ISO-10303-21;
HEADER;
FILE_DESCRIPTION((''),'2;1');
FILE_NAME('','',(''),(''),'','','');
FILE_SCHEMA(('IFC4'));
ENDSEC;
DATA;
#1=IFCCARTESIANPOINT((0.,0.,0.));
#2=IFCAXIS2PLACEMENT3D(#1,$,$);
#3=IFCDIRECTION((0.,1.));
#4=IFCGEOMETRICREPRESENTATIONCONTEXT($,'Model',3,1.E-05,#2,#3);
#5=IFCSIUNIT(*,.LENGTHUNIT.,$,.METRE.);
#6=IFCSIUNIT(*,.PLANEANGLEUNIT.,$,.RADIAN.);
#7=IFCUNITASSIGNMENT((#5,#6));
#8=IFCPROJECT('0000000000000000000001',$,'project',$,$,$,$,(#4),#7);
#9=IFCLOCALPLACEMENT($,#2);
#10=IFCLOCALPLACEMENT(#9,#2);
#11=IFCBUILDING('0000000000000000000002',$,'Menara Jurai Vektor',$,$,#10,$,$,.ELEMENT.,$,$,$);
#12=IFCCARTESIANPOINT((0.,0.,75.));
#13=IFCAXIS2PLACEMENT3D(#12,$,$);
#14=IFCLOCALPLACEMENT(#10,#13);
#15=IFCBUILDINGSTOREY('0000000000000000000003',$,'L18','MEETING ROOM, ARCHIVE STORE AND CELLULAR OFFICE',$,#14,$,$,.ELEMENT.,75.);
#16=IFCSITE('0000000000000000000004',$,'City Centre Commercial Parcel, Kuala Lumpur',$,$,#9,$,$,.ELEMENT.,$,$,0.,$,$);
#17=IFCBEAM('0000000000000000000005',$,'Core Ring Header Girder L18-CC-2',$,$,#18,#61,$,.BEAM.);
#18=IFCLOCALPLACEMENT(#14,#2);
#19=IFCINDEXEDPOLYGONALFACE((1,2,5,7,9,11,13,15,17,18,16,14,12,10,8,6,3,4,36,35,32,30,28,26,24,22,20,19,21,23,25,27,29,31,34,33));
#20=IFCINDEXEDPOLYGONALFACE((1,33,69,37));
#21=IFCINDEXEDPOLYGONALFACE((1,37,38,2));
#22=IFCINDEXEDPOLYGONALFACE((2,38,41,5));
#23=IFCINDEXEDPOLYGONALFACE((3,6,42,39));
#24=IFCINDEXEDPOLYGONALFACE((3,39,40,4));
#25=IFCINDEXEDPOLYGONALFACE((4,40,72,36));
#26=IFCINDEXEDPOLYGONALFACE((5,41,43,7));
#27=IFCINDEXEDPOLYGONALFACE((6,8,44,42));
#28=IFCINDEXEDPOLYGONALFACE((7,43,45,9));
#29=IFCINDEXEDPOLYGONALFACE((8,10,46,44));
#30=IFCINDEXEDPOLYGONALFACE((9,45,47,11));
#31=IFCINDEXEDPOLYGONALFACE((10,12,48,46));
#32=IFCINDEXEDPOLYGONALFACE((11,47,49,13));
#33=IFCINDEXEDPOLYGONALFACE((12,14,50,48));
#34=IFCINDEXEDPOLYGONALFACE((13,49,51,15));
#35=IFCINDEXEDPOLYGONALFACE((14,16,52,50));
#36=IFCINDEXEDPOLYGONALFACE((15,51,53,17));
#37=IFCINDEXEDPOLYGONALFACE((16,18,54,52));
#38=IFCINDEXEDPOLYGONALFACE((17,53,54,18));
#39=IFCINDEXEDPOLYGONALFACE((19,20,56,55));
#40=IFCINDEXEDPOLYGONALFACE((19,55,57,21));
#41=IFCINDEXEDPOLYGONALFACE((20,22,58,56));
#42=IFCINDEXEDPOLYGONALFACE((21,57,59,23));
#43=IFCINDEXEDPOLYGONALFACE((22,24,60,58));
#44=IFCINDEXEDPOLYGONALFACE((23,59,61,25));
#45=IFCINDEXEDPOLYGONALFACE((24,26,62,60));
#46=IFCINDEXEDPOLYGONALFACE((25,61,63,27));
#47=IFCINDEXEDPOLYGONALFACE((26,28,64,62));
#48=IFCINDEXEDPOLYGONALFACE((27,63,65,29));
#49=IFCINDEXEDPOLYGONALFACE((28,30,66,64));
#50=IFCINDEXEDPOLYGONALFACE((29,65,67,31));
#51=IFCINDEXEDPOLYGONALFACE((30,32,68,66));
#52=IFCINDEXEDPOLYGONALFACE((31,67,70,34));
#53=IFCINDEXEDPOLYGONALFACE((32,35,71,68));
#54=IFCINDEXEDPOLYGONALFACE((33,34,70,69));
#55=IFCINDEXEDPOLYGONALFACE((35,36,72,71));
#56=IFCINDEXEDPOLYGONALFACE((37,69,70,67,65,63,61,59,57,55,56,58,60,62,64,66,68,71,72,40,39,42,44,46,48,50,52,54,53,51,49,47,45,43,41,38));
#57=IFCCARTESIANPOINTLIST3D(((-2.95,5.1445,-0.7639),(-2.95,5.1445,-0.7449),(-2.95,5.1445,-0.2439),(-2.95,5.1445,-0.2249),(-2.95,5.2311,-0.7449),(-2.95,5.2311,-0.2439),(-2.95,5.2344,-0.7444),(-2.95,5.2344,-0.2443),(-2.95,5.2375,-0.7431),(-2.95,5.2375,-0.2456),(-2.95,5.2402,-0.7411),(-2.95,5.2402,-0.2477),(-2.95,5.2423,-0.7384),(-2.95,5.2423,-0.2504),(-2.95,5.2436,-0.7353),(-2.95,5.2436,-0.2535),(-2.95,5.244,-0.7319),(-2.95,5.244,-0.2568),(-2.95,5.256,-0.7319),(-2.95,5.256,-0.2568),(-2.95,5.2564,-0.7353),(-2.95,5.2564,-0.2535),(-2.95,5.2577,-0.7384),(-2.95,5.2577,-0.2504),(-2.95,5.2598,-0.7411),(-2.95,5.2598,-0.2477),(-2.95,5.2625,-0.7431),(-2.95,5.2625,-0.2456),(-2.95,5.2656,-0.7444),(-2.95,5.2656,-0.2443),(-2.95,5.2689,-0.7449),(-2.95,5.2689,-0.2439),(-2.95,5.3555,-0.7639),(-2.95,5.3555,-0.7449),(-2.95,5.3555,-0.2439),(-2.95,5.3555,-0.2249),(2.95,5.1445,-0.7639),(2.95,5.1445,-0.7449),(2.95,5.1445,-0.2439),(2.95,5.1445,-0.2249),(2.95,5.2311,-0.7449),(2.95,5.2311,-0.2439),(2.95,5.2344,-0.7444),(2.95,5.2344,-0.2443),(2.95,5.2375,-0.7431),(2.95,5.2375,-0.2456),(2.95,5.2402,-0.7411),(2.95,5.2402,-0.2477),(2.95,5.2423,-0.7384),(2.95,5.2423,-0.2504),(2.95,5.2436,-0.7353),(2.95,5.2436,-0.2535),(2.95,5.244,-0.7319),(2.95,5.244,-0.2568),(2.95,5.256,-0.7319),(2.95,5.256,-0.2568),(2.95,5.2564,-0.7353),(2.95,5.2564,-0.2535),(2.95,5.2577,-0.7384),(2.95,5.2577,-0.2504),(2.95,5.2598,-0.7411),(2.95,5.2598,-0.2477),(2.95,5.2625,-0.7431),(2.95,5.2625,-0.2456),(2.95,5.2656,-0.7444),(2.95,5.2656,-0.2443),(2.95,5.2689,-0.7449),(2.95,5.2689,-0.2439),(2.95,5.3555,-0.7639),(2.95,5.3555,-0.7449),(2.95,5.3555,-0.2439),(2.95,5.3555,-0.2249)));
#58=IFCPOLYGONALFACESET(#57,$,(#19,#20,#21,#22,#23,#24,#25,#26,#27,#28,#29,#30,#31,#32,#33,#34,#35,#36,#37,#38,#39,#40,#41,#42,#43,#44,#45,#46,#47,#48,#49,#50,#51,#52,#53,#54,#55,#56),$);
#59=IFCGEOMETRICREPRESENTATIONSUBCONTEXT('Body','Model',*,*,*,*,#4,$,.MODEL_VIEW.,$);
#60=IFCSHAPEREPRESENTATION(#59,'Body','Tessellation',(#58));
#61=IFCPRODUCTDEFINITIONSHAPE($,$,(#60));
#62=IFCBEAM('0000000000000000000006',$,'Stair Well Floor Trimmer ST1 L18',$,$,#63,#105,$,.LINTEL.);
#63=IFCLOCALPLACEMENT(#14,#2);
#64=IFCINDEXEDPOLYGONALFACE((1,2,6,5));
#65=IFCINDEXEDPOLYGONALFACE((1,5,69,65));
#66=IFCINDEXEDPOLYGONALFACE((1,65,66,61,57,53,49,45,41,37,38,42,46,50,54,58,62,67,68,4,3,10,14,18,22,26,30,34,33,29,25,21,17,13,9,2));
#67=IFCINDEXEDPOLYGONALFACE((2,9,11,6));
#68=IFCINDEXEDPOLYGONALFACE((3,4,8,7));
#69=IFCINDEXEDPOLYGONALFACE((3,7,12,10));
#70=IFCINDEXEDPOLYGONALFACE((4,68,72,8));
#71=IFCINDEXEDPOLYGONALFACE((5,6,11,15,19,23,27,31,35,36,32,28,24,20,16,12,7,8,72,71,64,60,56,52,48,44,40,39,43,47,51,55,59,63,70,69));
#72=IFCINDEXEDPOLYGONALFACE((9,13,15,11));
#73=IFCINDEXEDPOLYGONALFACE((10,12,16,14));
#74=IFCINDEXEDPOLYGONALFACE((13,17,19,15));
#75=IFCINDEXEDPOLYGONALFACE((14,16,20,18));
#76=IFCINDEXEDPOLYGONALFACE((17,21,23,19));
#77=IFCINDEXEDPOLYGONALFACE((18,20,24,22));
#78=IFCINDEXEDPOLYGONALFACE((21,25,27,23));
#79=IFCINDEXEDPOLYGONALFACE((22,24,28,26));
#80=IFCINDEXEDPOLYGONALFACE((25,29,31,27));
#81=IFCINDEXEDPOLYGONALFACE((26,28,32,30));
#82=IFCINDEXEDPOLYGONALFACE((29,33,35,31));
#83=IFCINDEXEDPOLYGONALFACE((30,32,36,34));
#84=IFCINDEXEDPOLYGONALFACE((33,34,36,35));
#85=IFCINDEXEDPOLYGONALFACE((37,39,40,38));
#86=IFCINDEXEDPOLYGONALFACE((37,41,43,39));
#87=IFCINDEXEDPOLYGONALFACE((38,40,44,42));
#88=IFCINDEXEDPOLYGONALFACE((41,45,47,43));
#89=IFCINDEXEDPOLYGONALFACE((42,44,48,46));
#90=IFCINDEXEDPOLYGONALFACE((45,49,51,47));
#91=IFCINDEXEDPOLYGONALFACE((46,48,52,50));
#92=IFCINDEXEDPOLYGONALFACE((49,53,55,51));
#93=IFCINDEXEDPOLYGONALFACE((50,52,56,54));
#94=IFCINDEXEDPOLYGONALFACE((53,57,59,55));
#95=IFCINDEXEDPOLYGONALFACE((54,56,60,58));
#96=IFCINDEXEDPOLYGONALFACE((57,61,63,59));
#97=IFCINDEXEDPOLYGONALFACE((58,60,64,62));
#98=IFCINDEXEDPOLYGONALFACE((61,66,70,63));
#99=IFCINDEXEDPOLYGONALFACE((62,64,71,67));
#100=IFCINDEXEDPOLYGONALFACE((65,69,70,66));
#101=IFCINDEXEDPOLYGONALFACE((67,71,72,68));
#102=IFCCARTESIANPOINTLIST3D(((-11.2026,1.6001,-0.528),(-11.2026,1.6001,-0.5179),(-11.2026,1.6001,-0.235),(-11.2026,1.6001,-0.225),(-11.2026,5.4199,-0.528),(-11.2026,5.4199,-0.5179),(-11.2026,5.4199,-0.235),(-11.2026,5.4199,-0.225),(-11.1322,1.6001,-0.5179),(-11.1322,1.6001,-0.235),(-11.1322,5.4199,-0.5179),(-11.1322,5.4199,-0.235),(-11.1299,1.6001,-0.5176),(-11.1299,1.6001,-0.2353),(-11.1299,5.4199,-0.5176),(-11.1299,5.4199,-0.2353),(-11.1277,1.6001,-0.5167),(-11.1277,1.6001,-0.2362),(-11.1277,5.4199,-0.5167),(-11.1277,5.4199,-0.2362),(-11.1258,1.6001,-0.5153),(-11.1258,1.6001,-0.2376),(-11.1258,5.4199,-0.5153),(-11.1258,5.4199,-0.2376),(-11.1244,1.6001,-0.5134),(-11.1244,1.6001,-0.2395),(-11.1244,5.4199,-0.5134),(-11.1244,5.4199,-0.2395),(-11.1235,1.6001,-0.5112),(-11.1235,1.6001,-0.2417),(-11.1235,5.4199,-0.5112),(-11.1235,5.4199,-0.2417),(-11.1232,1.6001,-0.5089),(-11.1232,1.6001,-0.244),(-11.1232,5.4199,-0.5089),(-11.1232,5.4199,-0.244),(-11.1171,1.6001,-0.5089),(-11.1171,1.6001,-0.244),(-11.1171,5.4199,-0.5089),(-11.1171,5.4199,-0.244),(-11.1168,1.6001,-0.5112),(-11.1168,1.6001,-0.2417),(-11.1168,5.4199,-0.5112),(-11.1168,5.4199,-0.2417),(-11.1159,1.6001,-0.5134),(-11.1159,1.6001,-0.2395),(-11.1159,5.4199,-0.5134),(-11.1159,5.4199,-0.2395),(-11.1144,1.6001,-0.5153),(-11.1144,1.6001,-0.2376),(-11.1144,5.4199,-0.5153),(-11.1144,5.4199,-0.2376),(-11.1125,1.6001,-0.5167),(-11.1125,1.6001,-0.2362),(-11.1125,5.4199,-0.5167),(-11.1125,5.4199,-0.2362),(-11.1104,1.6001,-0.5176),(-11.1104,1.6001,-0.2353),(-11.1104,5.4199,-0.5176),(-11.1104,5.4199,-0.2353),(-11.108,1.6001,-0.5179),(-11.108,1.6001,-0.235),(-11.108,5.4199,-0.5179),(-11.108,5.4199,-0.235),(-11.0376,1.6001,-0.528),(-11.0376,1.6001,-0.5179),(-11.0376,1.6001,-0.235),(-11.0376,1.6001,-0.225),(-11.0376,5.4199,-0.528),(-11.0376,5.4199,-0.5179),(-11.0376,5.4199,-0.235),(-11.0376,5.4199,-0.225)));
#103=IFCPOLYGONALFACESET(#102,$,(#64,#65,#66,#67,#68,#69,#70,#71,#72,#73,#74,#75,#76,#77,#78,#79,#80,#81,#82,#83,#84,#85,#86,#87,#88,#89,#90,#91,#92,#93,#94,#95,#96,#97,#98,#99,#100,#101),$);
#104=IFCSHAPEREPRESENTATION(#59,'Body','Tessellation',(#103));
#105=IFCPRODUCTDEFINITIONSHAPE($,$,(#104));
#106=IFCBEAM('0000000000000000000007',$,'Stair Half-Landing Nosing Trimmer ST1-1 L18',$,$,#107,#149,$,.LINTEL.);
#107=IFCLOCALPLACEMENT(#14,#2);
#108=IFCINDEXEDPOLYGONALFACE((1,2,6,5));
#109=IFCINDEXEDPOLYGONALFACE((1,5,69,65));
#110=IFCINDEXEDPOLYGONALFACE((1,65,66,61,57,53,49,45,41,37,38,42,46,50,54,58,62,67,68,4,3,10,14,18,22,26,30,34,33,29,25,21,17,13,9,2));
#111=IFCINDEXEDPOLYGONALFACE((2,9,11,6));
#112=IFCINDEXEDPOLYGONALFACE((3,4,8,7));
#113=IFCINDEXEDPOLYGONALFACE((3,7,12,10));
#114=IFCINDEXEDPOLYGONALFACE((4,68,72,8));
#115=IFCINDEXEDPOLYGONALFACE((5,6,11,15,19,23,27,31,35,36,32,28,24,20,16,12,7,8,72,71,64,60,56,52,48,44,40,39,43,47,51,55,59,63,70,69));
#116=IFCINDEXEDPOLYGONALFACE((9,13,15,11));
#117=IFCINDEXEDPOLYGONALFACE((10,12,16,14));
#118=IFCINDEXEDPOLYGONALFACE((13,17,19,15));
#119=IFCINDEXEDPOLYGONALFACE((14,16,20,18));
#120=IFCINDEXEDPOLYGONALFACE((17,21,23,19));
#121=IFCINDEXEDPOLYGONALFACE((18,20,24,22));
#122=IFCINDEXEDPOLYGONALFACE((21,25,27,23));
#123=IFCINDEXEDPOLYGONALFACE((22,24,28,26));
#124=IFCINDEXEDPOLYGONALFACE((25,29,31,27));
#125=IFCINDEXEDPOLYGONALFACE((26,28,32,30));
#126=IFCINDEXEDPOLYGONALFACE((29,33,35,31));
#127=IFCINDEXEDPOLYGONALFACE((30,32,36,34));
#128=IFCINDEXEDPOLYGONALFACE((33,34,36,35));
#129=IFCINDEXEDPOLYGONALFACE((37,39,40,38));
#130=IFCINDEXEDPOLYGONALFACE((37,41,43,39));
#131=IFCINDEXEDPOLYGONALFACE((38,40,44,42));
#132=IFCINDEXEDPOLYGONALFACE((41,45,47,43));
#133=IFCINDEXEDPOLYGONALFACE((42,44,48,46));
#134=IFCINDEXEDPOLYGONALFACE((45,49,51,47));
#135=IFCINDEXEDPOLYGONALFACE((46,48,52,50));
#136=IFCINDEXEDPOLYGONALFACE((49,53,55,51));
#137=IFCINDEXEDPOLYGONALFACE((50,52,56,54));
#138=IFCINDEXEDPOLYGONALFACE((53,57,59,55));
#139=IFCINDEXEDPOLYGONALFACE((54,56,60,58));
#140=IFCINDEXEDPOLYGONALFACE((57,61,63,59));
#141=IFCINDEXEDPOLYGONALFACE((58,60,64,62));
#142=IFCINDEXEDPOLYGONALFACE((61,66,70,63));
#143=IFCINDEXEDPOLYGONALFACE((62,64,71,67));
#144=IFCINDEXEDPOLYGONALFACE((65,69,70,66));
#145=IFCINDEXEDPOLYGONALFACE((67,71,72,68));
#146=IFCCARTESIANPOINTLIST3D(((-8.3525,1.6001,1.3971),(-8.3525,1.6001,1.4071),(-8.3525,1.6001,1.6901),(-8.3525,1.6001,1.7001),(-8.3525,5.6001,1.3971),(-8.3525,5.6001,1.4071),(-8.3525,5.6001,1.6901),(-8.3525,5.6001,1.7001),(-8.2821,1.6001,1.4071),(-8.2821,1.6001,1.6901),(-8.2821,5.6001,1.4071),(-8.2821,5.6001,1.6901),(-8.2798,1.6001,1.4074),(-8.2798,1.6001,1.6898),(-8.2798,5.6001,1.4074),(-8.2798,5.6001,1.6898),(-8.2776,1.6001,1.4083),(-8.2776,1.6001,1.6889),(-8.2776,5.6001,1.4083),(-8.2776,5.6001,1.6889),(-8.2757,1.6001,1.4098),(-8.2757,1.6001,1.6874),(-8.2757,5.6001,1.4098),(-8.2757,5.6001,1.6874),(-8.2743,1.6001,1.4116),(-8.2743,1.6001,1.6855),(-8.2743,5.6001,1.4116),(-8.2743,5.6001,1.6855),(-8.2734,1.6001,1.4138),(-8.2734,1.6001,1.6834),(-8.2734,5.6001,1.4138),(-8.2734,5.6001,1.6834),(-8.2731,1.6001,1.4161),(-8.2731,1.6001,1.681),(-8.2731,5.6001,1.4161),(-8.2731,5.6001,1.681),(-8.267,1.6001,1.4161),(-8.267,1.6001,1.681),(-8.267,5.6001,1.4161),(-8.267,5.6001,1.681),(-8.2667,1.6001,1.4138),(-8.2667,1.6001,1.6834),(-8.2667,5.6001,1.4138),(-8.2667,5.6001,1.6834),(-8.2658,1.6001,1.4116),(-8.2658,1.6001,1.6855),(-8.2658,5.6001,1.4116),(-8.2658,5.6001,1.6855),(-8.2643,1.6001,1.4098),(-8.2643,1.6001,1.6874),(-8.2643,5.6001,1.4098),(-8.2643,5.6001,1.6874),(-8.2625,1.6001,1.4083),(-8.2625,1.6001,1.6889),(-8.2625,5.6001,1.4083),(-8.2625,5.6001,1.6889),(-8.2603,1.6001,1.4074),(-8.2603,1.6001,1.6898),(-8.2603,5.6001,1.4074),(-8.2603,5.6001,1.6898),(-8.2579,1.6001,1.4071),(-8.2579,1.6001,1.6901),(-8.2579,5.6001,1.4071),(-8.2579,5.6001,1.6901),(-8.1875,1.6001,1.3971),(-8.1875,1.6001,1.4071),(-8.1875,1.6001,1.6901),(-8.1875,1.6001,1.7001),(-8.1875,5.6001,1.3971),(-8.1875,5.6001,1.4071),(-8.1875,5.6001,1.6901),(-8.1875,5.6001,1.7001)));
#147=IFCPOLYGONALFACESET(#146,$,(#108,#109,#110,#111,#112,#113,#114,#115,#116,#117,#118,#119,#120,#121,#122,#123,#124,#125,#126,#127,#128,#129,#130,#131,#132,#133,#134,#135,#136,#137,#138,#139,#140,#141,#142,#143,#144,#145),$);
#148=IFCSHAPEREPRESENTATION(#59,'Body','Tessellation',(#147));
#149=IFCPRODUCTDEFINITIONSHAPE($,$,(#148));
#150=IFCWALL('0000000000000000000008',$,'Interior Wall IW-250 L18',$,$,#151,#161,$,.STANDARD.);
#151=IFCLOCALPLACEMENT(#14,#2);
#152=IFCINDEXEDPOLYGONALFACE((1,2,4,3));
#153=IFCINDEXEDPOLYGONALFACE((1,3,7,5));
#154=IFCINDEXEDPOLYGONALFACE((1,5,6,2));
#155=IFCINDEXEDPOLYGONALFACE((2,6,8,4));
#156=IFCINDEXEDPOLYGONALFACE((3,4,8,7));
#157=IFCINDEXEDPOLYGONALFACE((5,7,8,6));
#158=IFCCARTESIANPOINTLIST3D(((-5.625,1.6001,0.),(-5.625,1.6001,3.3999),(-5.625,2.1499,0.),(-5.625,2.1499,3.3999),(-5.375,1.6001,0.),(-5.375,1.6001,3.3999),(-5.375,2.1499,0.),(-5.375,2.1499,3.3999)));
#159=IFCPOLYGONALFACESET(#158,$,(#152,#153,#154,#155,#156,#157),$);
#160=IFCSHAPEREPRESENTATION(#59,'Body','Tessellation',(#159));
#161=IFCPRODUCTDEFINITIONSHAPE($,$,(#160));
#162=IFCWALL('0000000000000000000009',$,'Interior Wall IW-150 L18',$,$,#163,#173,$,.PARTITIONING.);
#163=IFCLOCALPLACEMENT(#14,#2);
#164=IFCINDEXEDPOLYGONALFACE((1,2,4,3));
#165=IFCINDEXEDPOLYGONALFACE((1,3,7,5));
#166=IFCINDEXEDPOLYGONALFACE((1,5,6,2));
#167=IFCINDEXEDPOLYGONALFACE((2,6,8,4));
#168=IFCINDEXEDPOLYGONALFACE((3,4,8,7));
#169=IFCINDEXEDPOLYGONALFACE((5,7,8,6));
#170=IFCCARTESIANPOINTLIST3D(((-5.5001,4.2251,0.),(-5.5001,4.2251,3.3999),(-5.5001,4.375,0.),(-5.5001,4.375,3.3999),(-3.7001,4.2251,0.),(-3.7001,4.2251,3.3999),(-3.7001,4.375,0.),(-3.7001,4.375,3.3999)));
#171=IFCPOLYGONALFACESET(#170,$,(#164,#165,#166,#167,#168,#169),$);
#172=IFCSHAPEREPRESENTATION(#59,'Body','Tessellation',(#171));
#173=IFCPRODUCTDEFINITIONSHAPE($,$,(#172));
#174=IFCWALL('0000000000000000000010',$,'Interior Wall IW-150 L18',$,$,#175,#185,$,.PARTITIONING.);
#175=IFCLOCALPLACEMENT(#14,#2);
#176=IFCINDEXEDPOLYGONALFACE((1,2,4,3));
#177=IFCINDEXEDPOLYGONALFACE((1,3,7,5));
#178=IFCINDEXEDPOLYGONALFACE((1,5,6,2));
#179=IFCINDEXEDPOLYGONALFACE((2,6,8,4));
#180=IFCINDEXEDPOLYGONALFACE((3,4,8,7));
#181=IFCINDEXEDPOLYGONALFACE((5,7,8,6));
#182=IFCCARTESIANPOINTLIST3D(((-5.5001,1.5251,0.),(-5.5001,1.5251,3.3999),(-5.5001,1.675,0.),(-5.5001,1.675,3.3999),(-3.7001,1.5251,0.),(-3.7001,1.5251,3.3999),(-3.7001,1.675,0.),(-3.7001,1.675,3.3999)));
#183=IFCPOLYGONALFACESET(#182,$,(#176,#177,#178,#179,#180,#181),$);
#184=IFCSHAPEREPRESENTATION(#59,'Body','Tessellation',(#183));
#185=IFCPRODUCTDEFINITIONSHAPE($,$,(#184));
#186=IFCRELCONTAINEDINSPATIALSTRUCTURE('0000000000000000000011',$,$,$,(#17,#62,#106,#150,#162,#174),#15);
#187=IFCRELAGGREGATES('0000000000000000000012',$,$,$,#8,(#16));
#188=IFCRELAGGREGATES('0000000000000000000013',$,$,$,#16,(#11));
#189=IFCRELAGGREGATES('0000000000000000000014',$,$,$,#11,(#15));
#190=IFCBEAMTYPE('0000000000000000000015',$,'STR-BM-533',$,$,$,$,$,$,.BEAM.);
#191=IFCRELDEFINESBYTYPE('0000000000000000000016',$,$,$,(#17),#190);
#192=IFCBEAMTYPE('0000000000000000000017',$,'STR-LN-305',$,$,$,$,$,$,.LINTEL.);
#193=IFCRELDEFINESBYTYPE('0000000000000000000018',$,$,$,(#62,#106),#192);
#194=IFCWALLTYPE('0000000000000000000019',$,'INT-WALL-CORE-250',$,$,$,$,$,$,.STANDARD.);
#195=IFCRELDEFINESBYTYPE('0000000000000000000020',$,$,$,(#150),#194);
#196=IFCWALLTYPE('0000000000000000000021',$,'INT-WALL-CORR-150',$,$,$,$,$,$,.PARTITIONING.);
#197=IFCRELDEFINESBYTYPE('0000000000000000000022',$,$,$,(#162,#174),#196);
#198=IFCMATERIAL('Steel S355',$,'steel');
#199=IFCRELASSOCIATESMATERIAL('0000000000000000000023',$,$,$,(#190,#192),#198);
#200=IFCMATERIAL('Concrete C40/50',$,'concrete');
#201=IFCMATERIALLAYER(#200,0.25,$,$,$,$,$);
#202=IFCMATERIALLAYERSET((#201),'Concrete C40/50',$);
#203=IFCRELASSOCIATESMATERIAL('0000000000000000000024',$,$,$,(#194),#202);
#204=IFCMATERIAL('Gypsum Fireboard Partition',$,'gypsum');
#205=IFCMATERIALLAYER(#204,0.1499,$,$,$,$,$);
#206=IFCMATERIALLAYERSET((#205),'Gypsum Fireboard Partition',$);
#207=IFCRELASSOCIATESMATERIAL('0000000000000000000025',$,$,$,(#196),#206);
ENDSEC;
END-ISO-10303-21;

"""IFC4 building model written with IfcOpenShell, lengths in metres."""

from ifc_helpers import new_model, si_unit, direction, frame, frame_2d, origin, origin_2d, place, context, subcontext, project, spatial, rectangle, i_section, extrude, material, layer, layer_set, material_profile, profile_set, type_object, element, save


model = new_model("IFC4")

# Units and contexts
model_context = context("Model", 3, precision=1e-05, world=origin(), true_north=direction((0.0, 1.0)))
body_context = subcontext(model_context, "Body", "Model", "MODEL_VIEW")
ifc_project = project(units=[si_unit("LENGTHUNIT", "METRE"), si_unit("PLANEANGLEUNIT", "RADIAN")], contexts=[model_context])

# Site, building, storey
site_placement = place(None, origin())
site = spatial("IfcSite", under=ifc_project, at=site_placement, Name="City Centre Commercial Parcel, Kuala Lumpur", CompositionType="ELEMENT", RefElevation=0.0)
building_placement = place(site_placement, origin())
building = spatial("IfcBuilding", under=site, at=building_placement, Name="Menara Jurai Vektor", CompositionType="ELEMENT")
storey_placement = place(building_placement, frame((0.0, 0.0, 75.0)))
storey = spatial("IfcBuildingStorey", under=building, at=storey_placement, Name="L18", Description="MEETING ROOM, ARCHIVE STORE AND CELLULAR OFFICE", CompositionType="ELEMENT", Elevation=75.0)

# Shared definitions
ifc_material_1 = material(Name="Steel S355", Category="steel")

# Beams
ifc_material_profile_1 = material_profile(ifc_material_1, i_section(OverallWidth=0.2109, OverallDepth=0.5391, WebThickness=0.012, FlangeThickness=0.019, FilletRadius=0.0129, at=origin_2d()), Name="UKB 533x210x109")
ifc_profile_set_1 = profile_set([ifc_material_profile_1], Name="Steel S355")
beam_type_1 = type_object("IfcBeamType", Name="STR-BM-533", PredefinedType="BEAM", material=ifc_profile_set_1)
beam_1_placement = place(storey_placement, frame((-2.95, 5.25, -0.4944), z_axis=(1.0, 0.0, 0.0), x_axis=(0.0, 1.0, 0.0)))
element("IfcBeam", 1, at=beam_1_placement, inside=storey, type_object=beam_type_1, Name="Core Ring Header Girder L18-CC-2", PredefinedType="BEAM", context=body_context, shape_type="SweptSolid", body=[
    extrude(i_section(OverallWidth=0.2109, OverallDepth=0.5391, WebThickness=0.012, FlangeThickness=0.019, FilletRadius=0.0129, at=origin_2d()), origin(), (0.0, 0.0, 1.0), 5.8999),
])
ifc_material_profile_2 = material_profile(ifc_material_1, i_section(OverallWidth=0.165, OverallDepth=0.303, WebThickness=0.0061, FlangeThickness=0.01, FilletRadius=0.009, at=origin_2d()), Name="UKB 305x165x40")
ifc_profile_set_2 = profile_set([ifc_material_profile_2], Name="Steel S355")
beam_type_2 = type_object("IfcBeamType", Name="STR-LN-305", PredefinedType="LINTEL", material=ifc_profile_set_2)
beam_2_placement = place(storey_placement, frame((-11.1201, 1.6001, -0.3765), z_axis=(0.0, 1.0, 0.0), x_axis=(-1.0, 0.0, 0.0)))
element("IfcBeam", 2, at=beam_2_placement, inside=storey, type_object=beam_type_2, Name="Stair Well Floor Trimmer ST1 L18", PredefinedType="LINTEL", context=body_context, shape_type="SweptSolid", body=[
    extrude(i_section(OverallWidth=0.165, OverallDepth=0.303, WebThickness=0.0061, FlangeThickness=0.01, FilletRadius=0.009, at=origin_2d()), origin(), (0.0, 0.0, 1.0), 3.8198),
])
beam_3_placement = place(storey_placement, frame((-8.27, 1.6001, 1.5486), z_axis=(0.0, 1.0, 0.0), x_axis=(-1.0, 0.0, 0.0)))
element("IfcBeam", 3, at=beam_3_placement, inside=storey, type_object=beam_type_2, Name="Stair Half-Landing Nosing Trimmer ST1-1 L18", PredefinedType="LINTEL", context=body_context, shape_type="SweptSolid", body=[
    extrude(i_section(OverallWidth=0.165, OverallDepth=0.303, WebThickness=0.0061, FlangeThickness=0.01, FilletRadius=0.009, at=origin_2d()), origin(), (0.0, 0.0, 1.0), 4.0),
])

# Shared definitions
ifc_material_2 = material(Name="Concrete C40/50", Category="concrete")
ifc_layer_1 = layer(ifc_material_2, 0.25)
ifc_layer_set_1 = layer_set([ifc_layer_1], Name="Concrete C40/50")
wall_type_1 = type_object("IfcWallType", Name="INT-WALL-CORE-250", PredefinedType="STANDARD", material=ifc_layer_set_1)

# Walls
wall_1_placement = place(storey_placement, frame((-5.5, 1.6001, 0.0), z_axis=(0.0, 0.0, 1.0), x_axis=(0.0, 1.0, 0.0)))
element("IfcWall", 4, at=wall_1_placement, inside=storey, type_object=wall_type_1, Name="Interior Wall IW-250 L18", PredefinedType="STANDARD", context=body_context, shape_type="SweptSolid", body=[
    extrude(rectangle(XDim=0.5498, YDim=0.25, at=frame_2d((0.2749, 0.0))), origin(), (0.0, 0.0, 1.0), 3.3999),
])
ifc_material_3 = material(Name="Gypsum Fireboard Partition", Category="gypsum")
ifc_layer_2 = layer(ifc_material_3, 0.1499)
ifc_layer_set_2 = layer_set([ifc_layer_2], Name="Gypsum Fireboard Partition")
wall_type_2 = type_object("IfcWallType", Name="INT-WALL-CORR-150", PredefinedType="PARTITIONING", material=ifc_layer_set_2)
for number, where, z_axis, x_axis, name in (
    (5, (-5.5, 4.3, 0.0), (0.0, 0.0, 1.0), (1.0, 0.0, 0.0), "Interior Wall IW-150 L18"),
    (6, (-5.5, 1.6001, 0.0), (0.0, 0.0, 1.0), (1.0, 0.0, 0.0), "Interior Wall IW-150 L18"),
):
    element("IfcWall", number, at=place(storey_placement, frame(where, z_axis=z_axis, x_axis=x_axis)), inside=storey, type_object=wall_type_2, Name=name, PredefinedType="PARTITIONING", context=body_context, shape_type="SweptSolid", body=[
        extrude(rectangle(XDim=1.8, YDim=0.1499, at=frame_2d((0.8999, 0.0))), origin(), (0.0, 0.0, 1.0), 3.3999),
    ])

save(model, "model.ifc")
